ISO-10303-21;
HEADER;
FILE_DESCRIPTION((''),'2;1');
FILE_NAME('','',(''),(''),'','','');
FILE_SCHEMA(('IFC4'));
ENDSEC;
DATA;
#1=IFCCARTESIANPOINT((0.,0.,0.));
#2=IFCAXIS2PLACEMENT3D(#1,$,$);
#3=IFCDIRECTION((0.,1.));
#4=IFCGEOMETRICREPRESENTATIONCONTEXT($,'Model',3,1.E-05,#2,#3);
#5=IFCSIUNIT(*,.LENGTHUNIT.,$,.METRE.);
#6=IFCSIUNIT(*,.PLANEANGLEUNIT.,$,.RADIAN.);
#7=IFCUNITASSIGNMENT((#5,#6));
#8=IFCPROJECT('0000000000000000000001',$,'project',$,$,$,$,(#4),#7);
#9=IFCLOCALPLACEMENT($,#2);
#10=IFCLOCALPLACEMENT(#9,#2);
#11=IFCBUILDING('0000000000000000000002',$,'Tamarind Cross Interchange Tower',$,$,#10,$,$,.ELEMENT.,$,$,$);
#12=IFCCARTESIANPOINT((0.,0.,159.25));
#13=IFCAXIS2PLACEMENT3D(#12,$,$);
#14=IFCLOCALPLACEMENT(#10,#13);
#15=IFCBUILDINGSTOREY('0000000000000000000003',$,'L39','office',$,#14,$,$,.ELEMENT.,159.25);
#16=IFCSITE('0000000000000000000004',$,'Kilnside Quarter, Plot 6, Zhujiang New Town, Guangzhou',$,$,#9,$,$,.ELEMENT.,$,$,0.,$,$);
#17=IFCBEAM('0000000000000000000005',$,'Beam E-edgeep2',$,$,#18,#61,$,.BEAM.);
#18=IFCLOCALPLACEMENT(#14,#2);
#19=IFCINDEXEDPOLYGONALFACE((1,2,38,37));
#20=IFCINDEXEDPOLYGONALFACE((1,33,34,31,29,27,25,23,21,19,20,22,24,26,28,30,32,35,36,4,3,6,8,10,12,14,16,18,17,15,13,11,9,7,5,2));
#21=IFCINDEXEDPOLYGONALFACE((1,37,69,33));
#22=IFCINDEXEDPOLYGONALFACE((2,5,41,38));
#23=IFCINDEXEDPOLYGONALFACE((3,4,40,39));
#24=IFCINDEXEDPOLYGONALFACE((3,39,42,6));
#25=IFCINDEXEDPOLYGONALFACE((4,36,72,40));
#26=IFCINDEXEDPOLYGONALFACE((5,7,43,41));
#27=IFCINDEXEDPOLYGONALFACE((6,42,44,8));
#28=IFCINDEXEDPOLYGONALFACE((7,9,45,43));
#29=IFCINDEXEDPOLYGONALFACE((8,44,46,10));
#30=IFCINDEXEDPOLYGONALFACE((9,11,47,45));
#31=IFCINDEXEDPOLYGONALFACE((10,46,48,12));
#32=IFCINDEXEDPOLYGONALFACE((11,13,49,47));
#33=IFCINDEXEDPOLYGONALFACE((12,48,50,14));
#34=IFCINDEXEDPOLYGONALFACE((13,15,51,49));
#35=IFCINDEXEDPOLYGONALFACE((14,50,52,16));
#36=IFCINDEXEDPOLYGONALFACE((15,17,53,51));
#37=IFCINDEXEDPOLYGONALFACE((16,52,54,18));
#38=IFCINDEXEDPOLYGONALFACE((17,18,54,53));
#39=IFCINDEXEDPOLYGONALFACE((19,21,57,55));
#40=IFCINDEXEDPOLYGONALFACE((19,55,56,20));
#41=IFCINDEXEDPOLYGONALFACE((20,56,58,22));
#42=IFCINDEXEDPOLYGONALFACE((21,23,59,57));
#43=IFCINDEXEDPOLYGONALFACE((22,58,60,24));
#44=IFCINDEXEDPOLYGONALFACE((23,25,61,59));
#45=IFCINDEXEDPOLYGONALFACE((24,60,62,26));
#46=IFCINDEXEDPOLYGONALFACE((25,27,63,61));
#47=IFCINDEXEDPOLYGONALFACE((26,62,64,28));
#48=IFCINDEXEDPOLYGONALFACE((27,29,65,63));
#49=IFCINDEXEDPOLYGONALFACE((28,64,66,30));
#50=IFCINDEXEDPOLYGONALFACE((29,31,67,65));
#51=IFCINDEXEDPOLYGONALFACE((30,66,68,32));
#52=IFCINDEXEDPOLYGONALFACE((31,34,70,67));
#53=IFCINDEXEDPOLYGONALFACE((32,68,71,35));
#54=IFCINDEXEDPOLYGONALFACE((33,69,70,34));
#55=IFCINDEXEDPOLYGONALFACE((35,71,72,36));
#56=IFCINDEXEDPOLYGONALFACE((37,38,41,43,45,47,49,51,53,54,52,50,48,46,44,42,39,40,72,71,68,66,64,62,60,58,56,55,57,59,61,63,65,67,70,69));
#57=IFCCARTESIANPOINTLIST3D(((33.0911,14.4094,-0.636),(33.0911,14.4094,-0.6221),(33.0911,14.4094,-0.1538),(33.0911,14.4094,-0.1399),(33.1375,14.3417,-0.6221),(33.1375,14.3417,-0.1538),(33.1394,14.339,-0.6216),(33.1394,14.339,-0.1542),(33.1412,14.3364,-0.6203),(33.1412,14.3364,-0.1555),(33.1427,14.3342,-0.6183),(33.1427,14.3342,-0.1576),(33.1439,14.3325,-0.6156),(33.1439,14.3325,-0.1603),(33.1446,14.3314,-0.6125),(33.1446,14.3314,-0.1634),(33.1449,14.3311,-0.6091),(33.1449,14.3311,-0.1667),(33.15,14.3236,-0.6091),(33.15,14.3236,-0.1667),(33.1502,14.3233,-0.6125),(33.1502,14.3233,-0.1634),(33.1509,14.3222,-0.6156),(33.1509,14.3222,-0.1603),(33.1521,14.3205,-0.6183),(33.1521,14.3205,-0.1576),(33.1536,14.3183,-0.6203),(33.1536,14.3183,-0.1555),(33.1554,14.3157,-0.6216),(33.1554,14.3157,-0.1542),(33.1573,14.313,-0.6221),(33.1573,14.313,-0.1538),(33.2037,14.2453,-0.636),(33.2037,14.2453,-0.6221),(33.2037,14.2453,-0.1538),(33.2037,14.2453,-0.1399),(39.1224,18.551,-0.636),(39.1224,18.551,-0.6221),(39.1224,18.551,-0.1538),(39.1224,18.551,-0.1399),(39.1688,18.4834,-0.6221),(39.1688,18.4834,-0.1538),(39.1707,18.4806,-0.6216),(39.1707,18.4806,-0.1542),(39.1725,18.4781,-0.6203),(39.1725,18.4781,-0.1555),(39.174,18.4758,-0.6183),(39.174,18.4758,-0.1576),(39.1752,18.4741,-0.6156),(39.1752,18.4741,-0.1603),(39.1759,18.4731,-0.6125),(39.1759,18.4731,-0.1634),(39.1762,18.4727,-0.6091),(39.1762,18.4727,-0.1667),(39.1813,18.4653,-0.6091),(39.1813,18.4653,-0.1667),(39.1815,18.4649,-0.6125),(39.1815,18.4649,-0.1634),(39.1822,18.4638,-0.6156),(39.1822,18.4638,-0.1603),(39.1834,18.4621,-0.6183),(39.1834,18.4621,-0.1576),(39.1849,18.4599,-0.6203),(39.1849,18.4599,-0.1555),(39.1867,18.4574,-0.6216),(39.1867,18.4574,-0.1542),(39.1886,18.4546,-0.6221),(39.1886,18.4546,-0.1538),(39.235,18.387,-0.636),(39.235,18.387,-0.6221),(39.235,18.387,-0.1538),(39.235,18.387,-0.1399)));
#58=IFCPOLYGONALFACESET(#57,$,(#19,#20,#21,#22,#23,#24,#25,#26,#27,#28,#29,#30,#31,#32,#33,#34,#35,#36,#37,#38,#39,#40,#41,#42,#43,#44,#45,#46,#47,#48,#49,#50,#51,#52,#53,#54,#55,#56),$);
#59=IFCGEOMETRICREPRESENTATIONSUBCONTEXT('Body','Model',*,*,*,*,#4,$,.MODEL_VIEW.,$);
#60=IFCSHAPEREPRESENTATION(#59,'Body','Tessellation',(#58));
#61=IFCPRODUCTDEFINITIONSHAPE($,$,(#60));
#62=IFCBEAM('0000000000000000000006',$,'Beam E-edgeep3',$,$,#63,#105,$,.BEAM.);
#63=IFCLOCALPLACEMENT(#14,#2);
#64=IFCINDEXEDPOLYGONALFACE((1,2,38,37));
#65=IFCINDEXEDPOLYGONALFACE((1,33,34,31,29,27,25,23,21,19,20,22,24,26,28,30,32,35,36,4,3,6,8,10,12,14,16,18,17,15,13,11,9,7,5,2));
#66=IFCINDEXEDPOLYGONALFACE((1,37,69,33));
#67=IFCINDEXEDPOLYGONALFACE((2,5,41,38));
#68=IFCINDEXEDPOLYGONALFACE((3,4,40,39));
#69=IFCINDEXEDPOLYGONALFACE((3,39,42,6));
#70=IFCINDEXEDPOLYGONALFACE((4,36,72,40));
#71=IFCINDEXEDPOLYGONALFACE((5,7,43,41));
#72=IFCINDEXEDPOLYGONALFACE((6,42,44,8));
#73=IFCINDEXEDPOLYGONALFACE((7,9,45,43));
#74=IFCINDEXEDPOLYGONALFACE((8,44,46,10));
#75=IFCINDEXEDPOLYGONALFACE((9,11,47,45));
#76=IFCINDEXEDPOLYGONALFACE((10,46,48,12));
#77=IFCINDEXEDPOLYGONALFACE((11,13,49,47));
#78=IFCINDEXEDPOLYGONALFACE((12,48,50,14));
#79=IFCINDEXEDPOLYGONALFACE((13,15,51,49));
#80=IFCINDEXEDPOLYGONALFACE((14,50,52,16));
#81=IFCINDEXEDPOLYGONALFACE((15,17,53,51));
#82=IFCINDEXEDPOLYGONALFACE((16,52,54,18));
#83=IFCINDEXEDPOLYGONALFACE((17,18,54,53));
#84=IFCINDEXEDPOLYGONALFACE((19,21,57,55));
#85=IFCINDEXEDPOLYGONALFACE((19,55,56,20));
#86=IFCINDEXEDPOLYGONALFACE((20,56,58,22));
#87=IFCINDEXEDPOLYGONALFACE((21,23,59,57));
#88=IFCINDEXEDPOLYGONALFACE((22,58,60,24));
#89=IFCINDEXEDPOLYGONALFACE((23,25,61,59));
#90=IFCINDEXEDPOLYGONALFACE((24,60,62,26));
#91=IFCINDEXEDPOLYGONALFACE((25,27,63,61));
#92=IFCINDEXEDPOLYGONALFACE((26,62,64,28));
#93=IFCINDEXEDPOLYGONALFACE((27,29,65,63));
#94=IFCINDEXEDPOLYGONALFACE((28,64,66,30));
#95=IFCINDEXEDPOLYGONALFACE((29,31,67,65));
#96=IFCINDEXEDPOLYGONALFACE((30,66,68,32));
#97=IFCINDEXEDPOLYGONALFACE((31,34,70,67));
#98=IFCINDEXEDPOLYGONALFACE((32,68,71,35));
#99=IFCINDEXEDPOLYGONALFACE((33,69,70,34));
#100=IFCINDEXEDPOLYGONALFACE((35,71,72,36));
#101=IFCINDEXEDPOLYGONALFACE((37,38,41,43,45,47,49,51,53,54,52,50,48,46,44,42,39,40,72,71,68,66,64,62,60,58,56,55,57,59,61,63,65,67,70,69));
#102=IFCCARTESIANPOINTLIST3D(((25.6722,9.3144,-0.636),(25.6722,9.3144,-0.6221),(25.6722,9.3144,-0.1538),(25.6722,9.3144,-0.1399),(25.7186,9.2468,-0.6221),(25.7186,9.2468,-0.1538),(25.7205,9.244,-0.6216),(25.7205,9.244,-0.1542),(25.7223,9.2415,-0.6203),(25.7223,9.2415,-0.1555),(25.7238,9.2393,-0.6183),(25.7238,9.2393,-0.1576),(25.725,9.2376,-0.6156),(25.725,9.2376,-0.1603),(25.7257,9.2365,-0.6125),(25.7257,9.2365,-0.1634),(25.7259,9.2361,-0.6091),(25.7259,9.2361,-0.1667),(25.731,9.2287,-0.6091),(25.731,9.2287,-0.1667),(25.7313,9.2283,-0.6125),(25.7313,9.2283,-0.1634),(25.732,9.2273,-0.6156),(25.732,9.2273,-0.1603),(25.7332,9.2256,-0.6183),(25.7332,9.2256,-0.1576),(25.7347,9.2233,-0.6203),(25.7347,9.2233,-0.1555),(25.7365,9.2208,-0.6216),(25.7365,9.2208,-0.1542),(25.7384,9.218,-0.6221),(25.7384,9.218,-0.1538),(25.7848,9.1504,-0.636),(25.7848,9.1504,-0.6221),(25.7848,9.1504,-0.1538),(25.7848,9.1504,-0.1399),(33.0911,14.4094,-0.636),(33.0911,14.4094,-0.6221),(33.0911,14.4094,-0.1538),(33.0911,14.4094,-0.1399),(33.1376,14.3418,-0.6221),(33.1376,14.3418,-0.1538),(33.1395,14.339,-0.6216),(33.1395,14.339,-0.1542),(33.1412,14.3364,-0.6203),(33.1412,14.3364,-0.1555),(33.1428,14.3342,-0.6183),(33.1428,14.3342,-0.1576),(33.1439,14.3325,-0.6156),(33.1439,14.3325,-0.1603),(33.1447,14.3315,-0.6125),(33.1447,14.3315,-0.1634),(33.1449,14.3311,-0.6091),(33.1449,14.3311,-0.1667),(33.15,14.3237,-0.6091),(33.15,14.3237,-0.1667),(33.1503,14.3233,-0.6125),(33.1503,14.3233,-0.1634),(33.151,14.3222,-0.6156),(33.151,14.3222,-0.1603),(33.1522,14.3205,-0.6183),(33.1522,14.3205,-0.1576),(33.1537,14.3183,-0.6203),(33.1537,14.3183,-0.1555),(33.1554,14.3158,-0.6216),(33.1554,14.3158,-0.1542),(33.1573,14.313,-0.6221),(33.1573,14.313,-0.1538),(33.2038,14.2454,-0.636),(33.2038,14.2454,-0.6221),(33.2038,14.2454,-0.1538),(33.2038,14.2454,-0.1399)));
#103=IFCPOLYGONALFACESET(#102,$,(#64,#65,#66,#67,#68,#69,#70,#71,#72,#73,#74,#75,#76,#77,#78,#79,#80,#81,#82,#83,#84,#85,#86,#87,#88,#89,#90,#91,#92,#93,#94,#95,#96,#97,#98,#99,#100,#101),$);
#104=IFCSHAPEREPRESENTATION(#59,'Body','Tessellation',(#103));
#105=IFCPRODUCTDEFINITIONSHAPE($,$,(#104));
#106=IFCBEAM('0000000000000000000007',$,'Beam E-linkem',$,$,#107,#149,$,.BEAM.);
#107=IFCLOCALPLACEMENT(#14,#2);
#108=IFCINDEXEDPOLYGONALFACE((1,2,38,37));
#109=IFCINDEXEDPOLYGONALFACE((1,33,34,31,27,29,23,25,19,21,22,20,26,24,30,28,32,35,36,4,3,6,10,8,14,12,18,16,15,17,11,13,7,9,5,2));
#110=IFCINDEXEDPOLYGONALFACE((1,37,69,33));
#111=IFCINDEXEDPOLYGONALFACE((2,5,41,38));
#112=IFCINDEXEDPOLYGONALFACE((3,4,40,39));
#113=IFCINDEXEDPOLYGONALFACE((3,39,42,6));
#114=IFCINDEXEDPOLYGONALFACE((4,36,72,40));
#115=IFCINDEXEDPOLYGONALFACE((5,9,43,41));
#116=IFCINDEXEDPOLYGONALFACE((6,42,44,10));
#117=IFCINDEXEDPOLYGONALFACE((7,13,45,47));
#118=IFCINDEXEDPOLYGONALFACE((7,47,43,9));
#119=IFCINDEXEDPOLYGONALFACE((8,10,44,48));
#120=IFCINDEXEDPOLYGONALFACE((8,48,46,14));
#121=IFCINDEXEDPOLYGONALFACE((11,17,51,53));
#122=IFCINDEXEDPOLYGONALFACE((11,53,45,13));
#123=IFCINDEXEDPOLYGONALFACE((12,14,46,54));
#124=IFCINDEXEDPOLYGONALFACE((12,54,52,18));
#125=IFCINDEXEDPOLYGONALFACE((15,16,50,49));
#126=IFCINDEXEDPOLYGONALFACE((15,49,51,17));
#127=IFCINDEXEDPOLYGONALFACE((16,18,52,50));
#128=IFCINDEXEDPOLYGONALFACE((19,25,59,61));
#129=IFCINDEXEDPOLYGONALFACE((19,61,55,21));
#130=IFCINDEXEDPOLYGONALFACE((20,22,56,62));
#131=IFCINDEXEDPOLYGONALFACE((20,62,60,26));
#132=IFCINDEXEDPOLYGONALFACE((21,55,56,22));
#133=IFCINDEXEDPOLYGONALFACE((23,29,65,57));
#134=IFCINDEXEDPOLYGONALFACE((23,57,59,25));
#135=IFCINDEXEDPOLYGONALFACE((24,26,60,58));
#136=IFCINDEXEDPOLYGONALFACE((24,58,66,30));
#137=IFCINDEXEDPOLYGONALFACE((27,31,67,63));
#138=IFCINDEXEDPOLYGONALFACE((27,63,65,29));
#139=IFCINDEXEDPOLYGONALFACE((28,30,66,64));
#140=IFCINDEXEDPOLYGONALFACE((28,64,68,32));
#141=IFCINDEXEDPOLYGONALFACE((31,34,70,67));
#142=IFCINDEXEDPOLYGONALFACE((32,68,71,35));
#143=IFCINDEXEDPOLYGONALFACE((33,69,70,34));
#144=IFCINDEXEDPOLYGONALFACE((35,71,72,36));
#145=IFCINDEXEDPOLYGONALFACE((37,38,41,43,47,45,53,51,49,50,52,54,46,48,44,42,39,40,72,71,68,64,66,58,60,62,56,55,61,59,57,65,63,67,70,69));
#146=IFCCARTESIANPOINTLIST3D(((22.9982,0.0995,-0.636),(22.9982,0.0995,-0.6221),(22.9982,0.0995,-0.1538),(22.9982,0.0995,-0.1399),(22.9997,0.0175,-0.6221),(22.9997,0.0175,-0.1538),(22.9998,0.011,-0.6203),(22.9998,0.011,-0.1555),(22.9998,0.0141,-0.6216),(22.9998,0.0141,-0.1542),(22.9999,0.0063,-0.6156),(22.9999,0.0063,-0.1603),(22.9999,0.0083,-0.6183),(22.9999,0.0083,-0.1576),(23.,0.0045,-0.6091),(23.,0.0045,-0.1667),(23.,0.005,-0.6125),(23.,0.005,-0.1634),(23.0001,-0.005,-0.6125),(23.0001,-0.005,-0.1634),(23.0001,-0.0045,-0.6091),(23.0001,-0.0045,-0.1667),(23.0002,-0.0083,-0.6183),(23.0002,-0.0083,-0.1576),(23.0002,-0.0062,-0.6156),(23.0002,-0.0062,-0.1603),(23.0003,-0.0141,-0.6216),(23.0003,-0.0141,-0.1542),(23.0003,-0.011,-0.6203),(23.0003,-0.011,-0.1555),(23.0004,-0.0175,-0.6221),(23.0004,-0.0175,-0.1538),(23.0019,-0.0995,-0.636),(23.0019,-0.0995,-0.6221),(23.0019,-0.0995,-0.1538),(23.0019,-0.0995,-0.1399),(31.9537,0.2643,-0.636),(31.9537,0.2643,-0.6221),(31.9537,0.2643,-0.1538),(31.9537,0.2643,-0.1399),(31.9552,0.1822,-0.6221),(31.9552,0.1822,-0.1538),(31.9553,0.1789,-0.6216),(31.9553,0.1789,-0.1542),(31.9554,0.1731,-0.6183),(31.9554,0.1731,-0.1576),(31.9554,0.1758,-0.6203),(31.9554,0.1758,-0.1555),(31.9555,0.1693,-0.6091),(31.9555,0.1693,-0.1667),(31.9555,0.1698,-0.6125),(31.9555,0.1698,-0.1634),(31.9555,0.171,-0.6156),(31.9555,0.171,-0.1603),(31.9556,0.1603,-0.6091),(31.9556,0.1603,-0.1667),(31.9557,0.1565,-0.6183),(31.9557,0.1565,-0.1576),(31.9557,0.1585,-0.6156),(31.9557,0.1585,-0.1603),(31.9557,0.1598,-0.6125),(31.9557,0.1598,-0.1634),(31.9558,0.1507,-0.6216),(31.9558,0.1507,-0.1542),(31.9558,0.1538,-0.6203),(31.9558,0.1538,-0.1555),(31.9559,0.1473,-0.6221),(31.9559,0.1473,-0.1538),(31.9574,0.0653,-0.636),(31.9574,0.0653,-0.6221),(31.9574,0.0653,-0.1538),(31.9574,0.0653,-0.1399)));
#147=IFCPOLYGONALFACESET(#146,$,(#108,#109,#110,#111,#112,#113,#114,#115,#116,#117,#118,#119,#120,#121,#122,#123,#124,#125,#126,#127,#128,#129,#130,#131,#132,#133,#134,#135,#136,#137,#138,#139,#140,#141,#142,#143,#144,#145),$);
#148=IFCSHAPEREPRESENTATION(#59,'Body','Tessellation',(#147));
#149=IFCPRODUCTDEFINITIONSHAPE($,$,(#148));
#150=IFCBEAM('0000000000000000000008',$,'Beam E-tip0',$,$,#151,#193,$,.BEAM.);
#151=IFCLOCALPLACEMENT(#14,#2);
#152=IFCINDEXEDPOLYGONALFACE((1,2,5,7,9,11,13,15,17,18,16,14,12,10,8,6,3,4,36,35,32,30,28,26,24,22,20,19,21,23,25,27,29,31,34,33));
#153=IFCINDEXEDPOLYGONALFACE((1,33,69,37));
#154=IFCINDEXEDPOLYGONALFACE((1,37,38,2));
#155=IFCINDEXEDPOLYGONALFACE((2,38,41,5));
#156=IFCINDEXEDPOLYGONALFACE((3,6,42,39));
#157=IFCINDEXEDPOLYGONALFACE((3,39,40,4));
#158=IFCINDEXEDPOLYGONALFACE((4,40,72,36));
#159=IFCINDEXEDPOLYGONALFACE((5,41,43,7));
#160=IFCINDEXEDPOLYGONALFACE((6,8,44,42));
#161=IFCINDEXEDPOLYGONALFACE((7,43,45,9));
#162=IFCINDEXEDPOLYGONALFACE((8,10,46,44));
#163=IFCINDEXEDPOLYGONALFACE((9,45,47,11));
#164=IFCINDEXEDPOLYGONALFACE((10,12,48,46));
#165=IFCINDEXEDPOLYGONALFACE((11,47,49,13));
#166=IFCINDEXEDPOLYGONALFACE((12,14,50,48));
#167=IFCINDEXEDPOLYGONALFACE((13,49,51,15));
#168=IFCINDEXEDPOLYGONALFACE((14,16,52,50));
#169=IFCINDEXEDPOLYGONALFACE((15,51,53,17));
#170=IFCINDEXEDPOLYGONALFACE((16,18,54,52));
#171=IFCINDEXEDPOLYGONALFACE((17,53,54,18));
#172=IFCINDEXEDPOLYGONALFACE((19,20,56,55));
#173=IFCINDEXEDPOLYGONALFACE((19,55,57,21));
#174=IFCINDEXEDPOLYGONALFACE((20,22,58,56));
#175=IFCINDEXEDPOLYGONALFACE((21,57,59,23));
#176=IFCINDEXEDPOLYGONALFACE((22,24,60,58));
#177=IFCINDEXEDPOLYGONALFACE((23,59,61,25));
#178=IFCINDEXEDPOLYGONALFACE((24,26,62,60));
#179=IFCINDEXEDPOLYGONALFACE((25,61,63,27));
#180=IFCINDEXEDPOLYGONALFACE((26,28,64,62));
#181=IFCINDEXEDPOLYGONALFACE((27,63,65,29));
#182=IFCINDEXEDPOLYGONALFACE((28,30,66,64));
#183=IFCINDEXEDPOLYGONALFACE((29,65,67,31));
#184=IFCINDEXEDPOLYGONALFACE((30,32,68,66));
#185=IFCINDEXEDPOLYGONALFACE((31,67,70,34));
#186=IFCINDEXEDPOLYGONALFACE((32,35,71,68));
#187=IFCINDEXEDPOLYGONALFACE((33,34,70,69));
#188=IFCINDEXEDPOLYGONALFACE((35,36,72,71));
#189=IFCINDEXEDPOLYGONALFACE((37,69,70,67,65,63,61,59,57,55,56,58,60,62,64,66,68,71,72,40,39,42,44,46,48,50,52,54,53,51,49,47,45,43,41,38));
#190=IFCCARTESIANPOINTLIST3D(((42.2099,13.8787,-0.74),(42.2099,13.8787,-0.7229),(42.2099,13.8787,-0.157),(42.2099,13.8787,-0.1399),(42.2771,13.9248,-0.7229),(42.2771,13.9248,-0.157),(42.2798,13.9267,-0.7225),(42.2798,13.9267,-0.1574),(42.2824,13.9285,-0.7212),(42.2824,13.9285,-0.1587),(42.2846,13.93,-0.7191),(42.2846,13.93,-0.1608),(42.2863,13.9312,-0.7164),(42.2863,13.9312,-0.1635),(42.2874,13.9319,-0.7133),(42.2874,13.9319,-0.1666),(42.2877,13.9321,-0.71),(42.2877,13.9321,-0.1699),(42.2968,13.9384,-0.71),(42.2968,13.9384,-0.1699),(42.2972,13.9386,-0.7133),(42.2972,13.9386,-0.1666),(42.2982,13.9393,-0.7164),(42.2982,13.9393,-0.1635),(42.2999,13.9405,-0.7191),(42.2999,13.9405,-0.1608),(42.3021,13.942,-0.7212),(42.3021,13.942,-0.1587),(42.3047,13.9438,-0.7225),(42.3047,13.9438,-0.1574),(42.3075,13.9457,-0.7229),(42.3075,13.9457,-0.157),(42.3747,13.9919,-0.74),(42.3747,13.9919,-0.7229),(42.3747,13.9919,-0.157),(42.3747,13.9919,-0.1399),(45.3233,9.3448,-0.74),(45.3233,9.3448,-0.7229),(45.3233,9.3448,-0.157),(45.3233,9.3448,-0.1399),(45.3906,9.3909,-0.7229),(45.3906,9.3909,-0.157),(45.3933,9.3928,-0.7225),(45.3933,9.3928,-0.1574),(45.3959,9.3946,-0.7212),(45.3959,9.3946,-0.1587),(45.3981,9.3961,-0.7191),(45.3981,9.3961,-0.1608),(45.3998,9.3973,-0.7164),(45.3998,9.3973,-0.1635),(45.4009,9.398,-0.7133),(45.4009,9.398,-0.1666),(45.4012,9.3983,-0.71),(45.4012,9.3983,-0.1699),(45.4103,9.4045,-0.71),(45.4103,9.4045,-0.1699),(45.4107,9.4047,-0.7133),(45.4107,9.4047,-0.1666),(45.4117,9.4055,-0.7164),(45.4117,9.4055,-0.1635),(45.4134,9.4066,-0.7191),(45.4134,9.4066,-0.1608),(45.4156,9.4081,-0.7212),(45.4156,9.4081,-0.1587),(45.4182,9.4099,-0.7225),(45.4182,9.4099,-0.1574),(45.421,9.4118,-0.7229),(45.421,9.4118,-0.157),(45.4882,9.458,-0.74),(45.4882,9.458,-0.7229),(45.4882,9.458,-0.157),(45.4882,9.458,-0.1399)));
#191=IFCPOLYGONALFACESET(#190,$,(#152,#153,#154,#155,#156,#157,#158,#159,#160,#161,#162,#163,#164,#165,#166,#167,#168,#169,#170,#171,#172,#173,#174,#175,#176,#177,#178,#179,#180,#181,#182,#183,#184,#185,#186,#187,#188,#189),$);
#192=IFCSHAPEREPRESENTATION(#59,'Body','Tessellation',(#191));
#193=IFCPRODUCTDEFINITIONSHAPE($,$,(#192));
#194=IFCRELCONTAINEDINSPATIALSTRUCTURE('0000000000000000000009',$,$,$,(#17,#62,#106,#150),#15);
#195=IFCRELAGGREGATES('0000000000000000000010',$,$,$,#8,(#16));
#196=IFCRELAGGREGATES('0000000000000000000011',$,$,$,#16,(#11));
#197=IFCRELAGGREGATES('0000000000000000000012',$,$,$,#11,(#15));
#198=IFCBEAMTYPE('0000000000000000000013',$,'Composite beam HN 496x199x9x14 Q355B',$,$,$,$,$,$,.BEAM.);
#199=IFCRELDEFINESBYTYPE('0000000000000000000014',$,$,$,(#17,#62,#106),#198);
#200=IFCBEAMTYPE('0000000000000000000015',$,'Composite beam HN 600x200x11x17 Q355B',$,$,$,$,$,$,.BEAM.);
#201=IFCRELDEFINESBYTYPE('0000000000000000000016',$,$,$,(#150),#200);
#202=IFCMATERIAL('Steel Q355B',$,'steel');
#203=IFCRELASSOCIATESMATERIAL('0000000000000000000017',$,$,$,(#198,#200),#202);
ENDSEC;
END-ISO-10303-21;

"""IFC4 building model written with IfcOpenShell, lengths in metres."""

from ifc_helpers import new_model, si_unit, direction, frame, origin, origin_2d, place, context, subcontext, project, spatial, i_section, extrude, material, material_profile, profile_set, type_object, element, save


model = new_model("IFC4")

# Units and contexts
model_context = context("Model", 3, precision=1e-05, world=origin(), true_north=direction((0.0, 1.0)))
body_context = subcontext(model_context, "Body", "Model", "MODEL_VIEW")
ifc_project = project(units=[si_unit("LENGTHUNIT", "METRE"), si_unit("PLANEANGLEUNIT", "RADIAN")], contexts=[model_context])

# Site, building, storey
site_placement = place(None, origin())
site = spatial("IfcSite", under=ifc_project, at=site_placement, Name="Kilnside Quarter, Plot 6, Zhujiang New Town, Guangzhou", CompositionType="ELEMENT", RefElevation=0.0)
building_placement = place(site_placement, origin())
building = spatial("IfcBuilding", under=site, at=building_placement, Name="Tamarind Cross Interchange Tower", CompositionType="ELEMENT")
storey_placement = place(building_placement, frame((0.0, 0.0, 159.25)))
storey = spatial("IfcBuildingStorey", under=building, at=storey_placement, Name="L39", Description="office", CompositionType="ELEMENT", Elevation=159.25)

# Beams
ifc_material_1 = material(Name="Steel Q355B", Category="steel")
ifc_material_profile_1 = material_profile(ifc_material_1, i_section(OverallWidth=0.199, OverallDepth=0.4961, WebThickness=0.009, FlangeThickness=0.0139, FilletRadius=0.0129, at=origin_2d()), Name="HN 496x199x9x14")
ifc_profile_set_1 = profile_set([ifc_material_profile_1], Name="Steel Q355B")
beam_type_1 = type_object("IfcBeamType", Name="Composite beam HN 496x199x9x14 Q355B", PredefinedType="BEAM", material=ifc_profile_set_1)
beam_1_placement = place(storey_placement, frame((39.1787, 18.469, -0.3879), z_axis=(-0.824353, -0.566076, 0.0), x_axis=(0.566076, -0.824353, 0.0)))
element("IfcBeam", 1, at=beam_1_placement, inside=storey, type_object=beam_type_1, Name="Beam E-edgeep2", PredefinedType="BEAM", context=body_context, shape_type="SweptSolid", body=[
    extrude(i_section(OverallWidth=0.199, OverallDepth=0.4961, WebThickness=0.009, FlangeThickness=0.0139, FilletRadius=0.0129, at=origin_2d()), origin(), (0.0, 0.0, 1.0), 7.3164),
])
beam_2_placement = place(storey_placement, frame((33.1475, 14.3274, -0.3879), z_axis=(-0.82433, -0.56611, 0.0), x_axis=(0.56611, -0.82433, 0.0)))
element("IfcBeam", 2, at=beam_2_placement, inside=storey, type_object=beam_type_1, Name="Beam E-edgeep3", PredefinedType="BEAM", context=body_context, shape_type="SweptSolid", body=[
    extrude(i_section(OverallWidth=0.199, OverallDepth=0.4961, WebThickness=0.009, FlangeThickness=0.0139, FilletRadius=0.0129, at=origin_2d()), origin(), (0.0, 0.0, 1.0), 9.0),
])
beam_3_placement = place(storey_placement, frame((31.9556, 0.1648, -0.3879), z_axis=(-0.999831, -0.018398, 0.0), x_axis=(0.018398, -0.999831, 0.0)))
element("IfcBeam", 3, at=beam_3_placement, inside=storey, type_object=beam_type_1, Name="Beam E-linkem", PredefinedType="BEAM", context=body_context, shape_type="SweptSolid", body=[
    extrude(i_section(OverallWidth=0.199, OverallDepth=0.4961, WebThickness=0.009, FlangeThickness=0.0139, FilletRadius=0.0129, at=origin_2d()), origin(), (0.0, 0.0, 1.0), 8.957),
])
ifc_material_profile_2 = material_profile(ifc_material_1, i_section(OverallWidth=0.2, OverallDepth=0.6001, WebThickness=0.011, FlangeThickness=0.0171, FilletRadius=0.0129, at=origin_2d()), Name="HN 600x200x11x17")
ifc_profile_set_2 = profile_set([ifc_material_profile_2], Name="Steel Q355B")
beam_type_2 = type_object("IfcBeamType", Name="Composite beam HN 600x200x11x17 Q355B", PredefinedType="BEAM", material=ifc_profile_set_2)
beam_4_placement = place(storey_placement, frame((45.4058, 9.4014, -0.4399), z_axis=(-0.56609, 0.824344, 0.0), x_axis=(-0.824344, -0.56609, 0.0)))
element("IfcBeam", 4, at=beam_4_placement, inside=storey, type_object=beam_type_2, Name="Beam E-tip0", PredefinedType="BEAM", context=body_context, shape_type="SweptSolid", body=[
    extrude(i_section(OverallWidth=0.2, OverallDepth=0.6001, WebThickness=0.011, FlangeThickness=0.0171, FilletRadius=0.0129, at=origin_2d()), origin(), (0.0, 0.0, 1.0), 5.5),
])

save(model, "model.ifc")
